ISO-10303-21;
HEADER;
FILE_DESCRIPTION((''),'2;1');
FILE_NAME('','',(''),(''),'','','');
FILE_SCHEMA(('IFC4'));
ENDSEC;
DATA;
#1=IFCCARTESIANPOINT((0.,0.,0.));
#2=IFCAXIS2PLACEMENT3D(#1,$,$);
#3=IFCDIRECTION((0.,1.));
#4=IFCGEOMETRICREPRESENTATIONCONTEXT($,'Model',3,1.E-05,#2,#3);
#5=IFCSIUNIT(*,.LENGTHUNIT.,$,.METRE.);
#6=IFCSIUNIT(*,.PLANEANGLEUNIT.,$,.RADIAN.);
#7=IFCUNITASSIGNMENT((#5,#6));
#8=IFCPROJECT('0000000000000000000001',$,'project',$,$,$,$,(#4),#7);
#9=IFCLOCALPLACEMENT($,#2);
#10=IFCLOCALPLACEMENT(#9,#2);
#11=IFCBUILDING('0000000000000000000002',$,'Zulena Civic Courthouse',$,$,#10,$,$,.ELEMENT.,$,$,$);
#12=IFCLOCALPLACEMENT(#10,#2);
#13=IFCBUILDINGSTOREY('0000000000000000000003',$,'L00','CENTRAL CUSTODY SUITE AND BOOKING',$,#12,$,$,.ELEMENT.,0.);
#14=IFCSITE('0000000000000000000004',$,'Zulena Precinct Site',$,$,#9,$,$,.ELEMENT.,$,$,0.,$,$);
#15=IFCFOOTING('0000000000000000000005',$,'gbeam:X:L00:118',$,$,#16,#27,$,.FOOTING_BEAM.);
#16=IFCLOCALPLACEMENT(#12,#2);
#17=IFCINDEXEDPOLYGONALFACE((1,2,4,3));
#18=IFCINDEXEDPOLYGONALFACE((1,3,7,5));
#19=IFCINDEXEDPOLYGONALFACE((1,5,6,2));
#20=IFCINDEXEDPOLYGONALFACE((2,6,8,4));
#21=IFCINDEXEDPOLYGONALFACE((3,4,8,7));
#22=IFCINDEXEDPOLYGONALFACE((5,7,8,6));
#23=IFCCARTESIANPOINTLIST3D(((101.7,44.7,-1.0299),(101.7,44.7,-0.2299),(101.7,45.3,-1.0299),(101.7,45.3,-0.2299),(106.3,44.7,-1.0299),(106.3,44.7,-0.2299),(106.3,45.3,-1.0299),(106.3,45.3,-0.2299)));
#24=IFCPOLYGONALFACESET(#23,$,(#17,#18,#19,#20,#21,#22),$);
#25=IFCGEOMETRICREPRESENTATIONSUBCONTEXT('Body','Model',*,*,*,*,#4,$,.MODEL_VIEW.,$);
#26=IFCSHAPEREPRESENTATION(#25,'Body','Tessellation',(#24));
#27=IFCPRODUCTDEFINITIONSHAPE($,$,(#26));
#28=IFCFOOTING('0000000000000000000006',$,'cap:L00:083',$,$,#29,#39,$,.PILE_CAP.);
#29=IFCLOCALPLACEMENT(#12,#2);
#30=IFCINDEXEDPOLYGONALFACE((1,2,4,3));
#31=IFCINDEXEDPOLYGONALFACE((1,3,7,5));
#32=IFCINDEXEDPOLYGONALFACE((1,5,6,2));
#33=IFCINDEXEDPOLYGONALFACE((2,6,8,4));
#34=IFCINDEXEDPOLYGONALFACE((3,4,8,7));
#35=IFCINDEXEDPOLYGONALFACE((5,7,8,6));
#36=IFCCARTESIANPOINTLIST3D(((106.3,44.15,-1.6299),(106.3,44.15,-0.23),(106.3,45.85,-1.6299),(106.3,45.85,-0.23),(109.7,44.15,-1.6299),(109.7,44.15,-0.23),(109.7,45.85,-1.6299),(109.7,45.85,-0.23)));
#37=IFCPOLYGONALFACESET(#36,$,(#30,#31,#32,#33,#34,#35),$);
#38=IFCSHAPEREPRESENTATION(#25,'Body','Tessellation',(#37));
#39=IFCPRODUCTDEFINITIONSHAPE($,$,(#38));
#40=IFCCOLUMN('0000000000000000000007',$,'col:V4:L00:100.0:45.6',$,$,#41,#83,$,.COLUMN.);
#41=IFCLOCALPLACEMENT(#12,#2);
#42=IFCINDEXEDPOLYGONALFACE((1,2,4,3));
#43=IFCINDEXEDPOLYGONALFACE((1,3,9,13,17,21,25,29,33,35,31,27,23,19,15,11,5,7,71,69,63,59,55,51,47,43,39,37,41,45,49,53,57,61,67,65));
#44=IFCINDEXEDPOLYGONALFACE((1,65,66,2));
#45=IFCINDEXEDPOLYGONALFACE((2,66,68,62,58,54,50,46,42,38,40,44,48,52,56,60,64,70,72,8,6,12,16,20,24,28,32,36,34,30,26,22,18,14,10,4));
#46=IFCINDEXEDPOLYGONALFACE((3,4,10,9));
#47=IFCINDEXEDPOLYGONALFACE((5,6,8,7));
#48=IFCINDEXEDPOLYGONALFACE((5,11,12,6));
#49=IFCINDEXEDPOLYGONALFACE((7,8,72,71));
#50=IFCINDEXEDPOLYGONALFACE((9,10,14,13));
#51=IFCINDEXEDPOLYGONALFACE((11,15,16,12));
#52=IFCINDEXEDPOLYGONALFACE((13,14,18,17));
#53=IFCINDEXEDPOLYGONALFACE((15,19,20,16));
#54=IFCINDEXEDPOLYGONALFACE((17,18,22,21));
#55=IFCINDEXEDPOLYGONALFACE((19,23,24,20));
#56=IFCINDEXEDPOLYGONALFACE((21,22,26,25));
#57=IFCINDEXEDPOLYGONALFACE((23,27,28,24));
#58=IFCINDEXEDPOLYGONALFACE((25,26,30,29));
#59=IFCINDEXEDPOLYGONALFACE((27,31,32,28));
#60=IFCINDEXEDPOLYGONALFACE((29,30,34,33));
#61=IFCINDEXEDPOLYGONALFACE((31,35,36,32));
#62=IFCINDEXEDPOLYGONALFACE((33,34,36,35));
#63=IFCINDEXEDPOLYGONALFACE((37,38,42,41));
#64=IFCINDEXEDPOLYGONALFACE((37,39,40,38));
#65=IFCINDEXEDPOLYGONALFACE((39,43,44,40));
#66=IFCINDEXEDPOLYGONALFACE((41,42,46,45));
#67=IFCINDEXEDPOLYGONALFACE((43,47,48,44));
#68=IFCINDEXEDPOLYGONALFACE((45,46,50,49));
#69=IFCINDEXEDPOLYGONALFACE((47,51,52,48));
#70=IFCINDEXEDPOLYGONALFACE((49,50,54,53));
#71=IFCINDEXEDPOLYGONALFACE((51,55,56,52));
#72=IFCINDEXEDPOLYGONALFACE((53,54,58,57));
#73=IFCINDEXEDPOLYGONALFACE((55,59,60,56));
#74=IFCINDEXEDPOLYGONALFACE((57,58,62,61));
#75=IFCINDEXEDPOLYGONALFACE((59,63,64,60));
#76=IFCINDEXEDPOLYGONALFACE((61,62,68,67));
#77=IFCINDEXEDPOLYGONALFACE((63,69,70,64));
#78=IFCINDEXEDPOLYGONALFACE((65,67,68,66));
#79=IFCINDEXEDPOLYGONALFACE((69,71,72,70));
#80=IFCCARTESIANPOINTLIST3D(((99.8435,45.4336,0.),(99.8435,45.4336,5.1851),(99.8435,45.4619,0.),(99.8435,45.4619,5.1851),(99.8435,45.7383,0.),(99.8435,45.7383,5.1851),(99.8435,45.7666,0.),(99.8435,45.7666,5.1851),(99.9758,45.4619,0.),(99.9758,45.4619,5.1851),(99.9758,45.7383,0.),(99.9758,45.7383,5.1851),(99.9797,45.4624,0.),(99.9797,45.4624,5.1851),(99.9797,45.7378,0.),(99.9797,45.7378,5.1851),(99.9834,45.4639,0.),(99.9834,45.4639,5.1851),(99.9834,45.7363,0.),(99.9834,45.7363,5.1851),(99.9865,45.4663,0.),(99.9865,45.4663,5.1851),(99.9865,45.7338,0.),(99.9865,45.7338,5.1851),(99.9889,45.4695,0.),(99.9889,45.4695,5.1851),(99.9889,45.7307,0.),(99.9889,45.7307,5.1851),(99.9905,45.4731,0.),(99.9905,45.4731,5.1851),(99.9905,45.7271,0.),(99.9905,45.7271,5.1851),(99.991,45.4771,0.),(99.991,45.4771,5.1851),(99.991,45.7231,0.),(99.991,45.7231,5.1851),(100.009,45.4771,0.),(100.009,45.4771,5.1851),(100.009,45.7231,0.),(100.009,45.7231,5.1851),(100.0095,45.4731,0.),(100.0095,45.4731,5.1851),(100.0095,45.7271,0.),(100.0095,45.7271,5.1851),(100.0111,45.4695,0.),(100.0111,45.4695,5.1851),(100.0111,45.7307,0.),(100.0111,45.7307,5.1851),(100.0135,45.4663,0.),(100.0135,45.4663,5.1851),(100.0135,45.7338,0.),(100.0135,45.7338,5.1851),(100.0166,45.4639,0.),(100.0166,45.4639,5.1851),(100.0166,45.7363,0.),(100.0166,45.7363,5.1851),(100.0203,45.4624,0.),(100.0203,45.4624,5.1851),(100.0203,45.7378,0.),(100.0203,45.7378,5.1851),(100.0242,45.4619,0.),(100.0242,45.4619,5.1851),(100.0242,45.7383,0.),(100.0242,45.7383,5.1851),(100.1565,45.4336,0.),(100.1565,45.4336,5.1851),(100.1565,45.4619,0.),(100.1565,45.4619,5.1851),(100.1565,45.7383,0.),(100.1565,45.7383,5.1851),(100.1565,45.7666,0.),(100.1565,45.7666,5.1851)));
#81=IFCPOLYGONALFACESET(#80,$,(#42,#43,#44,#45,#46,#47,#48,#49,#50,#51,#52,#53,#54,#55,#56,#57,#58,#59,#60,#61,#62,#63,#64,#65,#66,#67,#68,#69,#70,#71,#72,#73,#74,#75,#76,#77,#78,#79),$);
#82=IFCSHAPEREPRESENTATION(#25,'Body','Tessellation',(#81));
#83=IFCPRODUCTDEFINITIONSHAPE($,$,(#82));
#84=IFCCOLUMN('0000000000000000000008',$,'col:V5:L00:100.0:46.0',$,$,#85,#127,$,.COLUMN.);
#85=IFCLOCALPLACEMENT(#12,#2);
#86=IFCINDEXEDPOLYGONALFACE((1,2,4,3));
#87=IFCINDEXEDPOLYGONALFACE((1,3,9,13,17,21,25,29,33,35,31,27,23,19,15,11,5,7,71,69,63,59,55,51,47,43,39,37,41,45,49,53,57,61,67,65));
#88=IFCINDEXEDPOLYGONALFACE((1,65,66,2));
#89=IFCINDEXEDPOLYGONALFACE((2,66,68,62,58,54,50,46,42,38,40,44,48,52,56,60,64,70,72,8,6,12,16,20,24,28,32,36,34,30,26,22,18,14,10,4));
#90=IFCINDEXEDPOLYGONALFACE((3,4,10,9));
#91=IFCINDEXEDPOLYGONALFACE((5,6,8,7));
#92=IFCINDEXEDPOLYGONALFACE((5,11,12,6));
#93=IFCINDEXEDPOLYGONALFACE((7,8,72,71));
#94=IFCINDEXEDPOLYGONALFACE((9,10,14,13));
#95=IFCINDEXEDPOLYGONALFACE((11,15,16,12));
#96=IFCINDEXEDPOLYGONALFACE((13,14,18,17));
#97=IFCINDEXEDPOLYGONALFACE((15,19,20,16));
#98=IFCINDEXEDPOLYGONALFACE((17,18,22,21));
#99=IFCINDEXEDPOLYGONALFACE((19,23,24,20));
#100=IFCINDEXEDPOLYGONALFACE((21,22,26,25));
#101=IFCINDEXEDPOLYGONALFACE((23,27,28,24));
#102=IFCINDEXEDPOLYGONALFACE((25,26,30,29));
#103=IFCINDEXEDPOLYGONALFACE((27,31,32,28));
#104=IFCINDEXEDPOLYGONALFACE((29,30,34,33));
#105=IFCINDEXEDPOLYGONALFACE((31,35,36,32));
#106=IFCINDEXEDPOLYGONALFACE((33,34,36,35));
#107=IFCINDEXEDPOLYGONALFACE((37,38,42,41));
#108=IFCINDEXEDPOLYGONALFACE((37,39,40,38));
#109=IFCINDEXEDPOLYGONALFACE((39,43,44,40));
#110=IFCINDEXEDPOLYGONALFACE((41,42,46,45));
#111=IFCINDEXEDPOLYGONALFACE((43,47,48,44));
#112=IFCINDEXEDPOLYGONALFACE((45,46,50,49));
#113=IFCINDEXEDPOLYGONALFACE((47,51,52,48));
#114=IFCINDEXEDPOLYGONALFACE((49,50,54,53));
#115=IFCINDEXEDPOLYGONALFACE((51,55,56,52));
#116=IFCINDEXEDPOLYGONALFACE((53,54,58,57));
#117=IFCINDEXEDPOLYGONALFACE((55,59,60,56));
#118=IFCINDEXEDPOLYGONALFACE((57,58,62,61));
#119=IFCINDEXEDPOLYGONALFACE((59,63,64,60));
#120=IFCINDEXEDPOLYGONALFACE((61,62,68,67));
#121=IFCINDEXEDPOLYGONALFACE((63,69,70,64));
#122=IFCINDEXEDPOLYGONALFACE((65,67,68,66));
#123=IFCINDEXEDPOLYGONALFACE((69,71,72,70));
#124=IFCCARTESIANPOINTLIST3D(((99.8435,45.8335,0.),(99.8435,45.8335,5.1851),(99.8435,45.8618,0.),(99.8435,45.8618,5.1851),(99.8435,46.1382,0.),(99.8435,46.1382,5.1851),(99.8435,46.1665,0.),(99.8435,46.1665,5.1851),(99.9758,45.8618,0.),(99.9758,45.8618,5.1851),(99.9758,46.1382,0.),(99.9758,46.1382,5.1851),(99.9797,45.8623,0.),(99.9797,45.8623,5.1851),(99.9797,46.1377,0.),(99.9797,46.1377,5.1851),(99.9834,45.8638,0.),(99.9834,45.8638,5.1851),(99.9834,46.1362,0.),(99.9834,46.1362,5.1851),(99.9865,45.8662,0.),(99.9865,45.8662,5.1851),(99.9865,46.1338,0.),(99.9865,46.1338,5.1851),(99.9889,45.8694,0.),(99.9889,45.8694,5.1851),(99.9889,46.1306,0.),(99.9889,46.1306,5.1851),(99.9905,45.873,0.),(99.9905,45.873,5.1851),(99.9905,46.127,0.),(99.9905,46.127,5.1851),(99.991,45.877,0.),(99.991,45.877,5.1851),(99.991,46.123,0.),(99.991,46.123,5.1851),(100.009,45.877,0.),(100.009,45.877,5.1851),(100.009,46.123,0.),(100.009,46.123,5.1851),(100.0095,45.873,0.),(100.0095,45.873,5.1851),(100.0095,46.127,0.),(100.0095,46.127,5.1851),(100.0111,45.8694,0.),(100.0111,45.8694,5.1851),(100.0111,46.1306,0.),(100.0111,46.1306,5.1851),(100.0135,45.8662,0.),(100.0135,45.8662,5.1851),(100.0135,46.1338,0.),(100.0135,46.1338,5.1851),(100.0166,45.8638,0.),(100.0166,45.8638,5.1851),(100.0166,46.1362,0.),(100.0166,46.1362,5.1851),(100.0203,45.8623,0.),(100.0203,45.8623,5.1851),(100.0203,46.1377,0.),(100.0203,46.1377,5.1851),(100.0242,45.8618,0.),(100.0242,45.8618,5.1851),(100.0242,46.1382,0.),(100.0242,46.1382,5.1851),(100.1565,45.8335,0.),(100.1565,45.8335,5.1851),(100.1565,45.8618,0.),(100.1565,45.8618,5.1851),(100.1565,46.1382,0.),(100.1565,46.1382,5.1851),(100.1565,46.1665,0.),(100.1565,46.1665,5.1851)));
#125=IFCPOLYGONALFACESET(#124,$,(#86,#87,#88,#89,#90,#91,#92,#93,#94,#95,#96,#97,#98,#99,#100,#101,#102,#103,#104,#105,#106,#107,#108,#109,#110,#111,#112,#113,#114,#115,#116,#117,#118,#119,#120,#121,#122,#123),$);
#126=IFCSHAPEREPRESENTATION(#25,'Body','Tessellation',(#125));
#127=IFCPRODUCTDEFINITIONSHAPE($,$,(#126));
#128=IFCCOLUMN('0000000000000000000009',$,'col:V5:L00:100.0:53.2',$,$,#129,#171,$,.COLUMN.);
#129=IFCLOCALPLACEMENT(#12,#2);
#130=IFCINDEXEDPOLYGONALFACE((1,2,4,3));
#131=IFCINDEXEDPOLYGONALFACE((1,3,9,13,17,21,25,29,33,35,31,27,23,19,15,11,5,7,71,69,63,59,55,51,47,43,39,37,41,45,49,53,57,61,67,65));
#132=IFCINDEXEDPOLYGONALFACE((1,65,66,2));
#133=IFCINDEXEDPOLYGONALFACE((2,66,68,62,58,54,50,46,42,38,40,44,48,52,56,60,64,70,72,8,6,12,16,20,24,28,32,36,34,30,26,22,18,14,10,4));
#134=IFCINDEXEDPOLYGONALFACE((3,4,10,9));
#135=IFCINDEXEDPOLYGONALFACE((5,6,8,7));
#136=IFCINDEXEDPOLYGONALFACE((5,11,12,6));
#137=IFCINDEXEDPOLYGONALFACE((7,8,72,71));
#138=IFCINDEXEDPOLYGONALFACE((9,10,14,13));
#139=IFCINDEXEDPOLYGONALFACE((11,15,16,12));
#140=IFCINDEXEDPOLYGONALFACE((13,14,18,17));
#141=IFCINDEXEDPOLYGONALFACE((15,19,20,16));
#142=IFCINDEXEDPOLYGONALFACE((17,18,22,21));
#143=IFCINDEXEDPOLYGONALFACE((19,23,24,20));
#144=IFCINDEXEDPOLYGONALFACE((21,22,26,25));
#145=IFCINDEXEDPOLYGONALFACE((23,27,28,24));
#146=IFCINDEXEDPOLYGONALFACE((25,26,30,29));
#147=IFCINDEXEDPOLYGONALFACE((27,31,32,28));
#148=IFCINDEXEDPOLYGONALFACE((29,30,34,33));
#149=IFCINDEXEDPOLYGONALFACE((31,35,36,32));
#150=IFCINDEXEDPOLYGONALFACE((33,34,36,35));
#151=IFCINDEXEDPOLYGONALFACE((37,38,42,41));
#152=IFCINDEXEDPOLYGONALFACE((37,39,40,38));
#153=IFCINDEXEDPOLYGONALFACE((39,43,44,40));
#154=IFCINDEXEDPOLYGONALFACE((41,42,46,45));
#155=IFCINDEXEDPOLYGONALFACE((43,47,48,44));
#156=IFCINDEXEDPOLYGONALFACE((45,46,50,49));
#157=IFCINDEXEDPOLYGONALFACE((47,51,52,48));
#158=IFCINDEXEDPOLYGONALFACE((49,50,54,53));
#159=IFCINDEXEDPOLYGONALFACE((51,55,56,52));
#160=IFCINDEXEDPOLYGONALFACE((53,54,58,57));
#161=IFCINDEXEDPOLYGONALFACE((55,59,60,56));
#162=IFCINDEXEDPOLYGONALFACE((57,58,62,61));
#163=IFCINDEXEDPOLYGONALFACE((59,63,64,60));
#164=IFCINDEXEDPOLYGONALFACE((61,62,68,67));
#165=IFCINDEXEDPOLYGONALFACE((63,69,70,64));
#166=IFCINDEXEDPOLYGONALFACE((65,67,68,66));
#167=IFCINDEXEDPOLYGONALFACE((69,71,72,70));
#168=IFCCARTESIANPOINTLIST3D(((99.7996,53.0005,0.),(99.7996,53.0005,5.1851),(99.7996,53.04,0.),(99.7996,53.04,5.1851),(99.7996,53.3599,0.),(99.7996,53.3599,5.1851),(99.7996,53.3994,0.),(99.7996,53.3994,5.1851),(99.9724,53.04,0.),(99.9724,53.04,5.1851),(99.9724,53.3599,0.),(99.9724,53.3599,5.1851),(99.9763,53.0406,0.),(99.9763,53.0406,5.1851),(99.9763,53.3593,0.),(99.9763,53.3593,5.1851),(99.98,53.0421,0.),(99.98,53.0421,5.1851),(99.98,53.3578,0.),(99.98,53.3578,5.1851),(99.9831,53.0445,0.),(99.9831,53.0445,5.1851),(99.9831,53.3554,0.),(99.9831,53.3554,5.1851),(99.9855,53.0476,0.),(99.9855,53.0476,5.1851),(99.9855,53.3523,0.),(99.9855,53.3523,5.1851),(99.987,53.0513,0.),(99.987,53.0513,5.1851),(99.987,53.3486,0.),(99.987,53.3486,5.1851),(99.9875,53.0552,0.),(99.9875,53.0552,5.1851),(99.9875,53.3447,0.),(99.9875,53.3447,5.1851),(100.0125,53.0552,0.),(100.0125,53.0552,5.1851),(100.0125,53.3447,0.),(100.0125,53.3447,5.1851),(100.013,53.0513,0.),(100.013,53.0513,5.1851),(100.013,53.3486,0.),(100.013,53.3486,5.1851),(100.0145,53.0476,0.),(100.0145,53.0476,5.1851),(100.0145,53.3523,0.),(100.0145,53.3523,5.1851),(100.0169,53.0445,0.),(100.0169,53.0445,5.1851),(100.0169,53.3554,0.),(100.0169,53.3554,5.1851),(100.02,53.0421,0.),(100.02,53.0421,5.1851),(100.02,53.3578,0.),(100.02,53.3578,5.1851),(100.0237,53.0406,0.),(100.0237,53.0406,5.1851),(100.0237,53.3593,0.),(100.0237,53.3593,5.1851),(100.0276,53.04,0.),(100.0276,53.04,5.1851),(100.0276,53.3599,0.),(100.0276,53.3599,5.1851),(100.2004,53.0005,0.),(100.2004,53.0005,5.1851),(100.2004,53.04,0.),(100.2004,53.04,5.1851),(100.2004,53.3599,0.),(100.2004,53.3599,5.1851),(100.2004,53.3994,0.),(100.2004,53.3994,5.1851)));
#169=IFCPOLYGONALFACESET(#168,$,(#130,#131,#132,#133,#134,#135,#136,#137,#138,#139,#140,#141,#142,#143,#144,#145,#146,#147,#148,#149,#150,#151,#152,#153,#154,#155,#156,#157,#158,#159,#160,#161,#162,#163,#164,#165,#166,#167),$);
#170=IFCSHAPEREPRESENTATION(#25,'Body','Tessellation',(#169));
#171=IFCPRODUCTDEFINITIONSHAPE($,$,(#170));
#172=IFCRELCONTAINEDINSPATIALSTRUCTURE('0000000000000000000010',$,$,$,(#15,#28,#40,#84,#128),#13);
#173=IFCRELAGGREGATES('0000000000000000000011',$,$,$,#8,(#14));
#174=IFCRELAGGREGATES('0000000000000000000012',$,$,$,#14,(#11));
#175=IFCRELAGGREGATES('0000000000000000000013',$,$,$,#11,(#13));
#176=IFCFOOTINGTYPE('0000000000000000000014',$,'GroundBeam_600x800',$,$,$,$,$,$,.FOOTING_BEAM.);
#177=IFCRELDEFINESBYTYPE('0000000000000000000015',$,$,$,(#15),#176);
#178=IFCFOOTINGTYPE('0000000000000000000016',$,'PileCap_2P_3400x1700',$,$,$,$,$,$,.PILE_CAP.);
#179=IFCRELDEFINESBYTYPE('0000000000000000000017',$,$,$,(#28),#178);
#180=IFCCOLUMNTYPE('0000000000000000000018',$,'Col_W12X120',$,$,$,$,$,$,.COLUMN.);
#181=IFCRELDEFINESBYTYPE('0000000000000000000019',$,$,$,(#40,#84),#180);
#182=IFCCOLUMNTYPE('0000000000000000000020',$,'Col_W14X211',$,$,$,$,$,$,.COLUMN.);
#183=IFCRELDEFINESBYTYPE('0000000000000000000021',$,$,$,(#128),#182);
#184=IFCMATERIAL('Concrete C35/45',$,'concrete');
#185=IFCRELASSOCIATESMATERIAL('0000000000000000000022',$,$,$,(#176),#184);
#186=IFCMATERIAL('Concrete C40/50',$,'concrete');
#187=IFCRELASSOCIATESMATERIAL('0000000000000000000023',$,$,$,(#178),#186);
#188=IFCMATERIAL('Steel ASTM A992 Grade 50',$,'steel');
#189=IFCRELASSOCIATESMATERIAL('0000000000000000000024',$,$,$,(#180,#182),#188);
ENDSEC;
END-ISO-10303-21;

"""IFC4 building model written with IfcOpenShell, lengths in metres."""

from ifc_helpers import new_model, si_unit, direction, frame, origin, origin_2d, place, context, subcontext, project, spatial, rectangle, i_section, extrude, material, material_profile, profile_set, type_object, element, save


model = new_model("IFC4")

# Units and contexts
model_context = context("Model", 3, precision=1e-05, world=origin(), true_north=direction((0.0, 1.0)))
body_context = subcontext(model_context, "Body", "Model", "MODEL_VIEW")
ifc_project = project(units=[si_unit("LENGTHUNIT", "METRE"), si_unit("PLANEANGLEUNIT", "RADIAN")], contexts=[model_context])

# Site, building, storey
site_placement = place(None, origin())
site = spatial("IfcSite", under=ifc_project, at=site_placement, Name="Zulena Precinct Site", CompositionType="ELEMENT", RefElevation=0.0)
building_placement = place(site_placement, origin())
building = spatial("IfcBuilding", under=site, at=building_placement, Name="Zulena Civic Courthouse", CompositionType="ELEMENT")
storey_placement = place(building_placement, origin())
storey = spatial("IfcBuildingStorey", under=building, at=storey_placement, Name="L00", Description="CENTRAL CUSTODY SUITE AND BOOKING", CompositionType="ELEMENT", Elevation=0.0)

# Footings
ifc_material_1 = material(Name="Concrete C35/45", Category="concrete")
ifc_material_profile_1 = material_profile(ifc_material_1, rectangle(XDim=0.6001, YDim=0.8, at=origin_2d()), Name="RC600X800")
ifc_profile_set_1 = profile_set([ifc_material_profile_1], Name="Concrete C35/45")
footing_type_1 = type_object("IfcFootingType", Name="GroundBeam_600x800", PredefinedType="FOOTING_BEAM", material=ifc_profile_set_1)
footing_1_placement = place(storey_placement, frame((101.7, 45.0, -0.6299), z_axis=(1.0, 0.0, 0.0), x_axis=(0.0, 1.0, 0.0)))
element("IfcFooting", 1, at=footing_1_placement, inside=storey, type_object=footing_type_1, Name="gbeam:X:L00:118", PredefinedType="FOOTING_BEAM", context=body_context, shape_type="SweptSolid", body=[
    extrude(rectangle(XDim=0.6001, YDim=0.8, at=origin_2d()), origin(), (0.0, 0.0, 1.0), 4.6001),
])
ifc_material_2 = material(Name="Concrete C40/50", Category="concrete")
footing_type_2 = type_object("IfcFootingType", Name="PileCap_2P_3400x1700", PredefinedType="PILE_CAP", material=ifc_material_2)
footing_2_placement = place(storey_placement, frame((108.0, 45.0, -1.6299), z_axis=(0.0, 0.0, 1.0), x_axis=(1.0, 0.0, 0.0)))
element("IfcFooting", 2, at=footing_2_placement, inside=storey, type_object=footing_type_2, Name="cap:L00:083", PredefinedType="PILE_CAP", context=body_context, shape_type="SweptSolid", body=[
    extrude(rectangle(XDim=3.3999, YDim=1.7, at=origin_2d()), origin(), (0.0, 0.0, 1.0), 1.3999),
])

# Columns
ifc_material_3 = material(Name="Steel ASTM A992 Grade 50", Category="steel")
ifc_material_profile_2 = material_profile(ifc_material_3, i_section(OverallWidth=0.313, OverallDepth=0.333, WebThickness=0.0181, FlangeThickness=0.0283, FilletRadius=0.0151, at=origin_2d()), Name="W12X120")
ifc_profile_set_2 = profile_set([ifc_material_profile_2], Name="Steel ASTM A992 Grade 50")
column_type_1 = type_object("IfcColumnType", Name="Col_W12X120", PredefinedType="COLUMN", material=ifc_profile_set_2)
for number, where, z_axis, x_axis, name in (
    (3, (100.0, 45.6001, 0.0), (0.0, 0.0, 1.0), (1.0, 0.0, 0.0), "col:V4:L00:100.0:45.6"),
    (4, (100.0, 46.0, 0.0), (0.0, 0.0, 1.0), (1.0, 0.0, 0.0), "col:V5:L00:100.0:46.0"),
):
    element("IfcColumn", number, at=place(storey_placement, frame(where, z_axis=z_axis, x_axis=x_axis)), inside=storey, type_object=column_type_1, Name=name, PredefinedType="COLUMN", context=body_context, shape_type="SweptSolid", body=[
        extrude(i_section(OverallWidth=0.313, OverallDepth=0.333, WebThickness=0.0181, FlangeThickness=0.0283, FilletRadius=0.0151, at=origin_2d()), origin(), (0.0, 0.0, 1.0), 5.1851),
    ])
ifc_material_profile_3 = material_profile(ifc_material_3, i_section(OverallWidth=0.4009, OverallDepth=0.3989, WebThickness=0.0249, FlangeThickness=0.0396, FilletRadius=0.0151, at=origin_2d()), Name="W14X211")
ifc_profile_set_3 = profile_set([ifc_material_profile_3], Name="Steel ASTM A992 Grade 50")
column_type_2 = type_object("IfcColumnType", Name="Col_W14X211", PredefinedType="COLUMN", material=ifc_profile_set_3)
for number, where, z_axis, x_axis, name in (
    (5, (100.0, 53.2, 0.0), (0.0, 0.0, 1.0), (1.0, 0.0, 0.0), "col:V5:L00:100.0:53.2"),
):
    element("IfcColumn", number, at=place(storey_placement, frame(where, z_axis=z_axis, x_axis=x_axis)), inside=storey, type_object=column_type_2, Name=name, PredefinedType="COLUMN", context=body_context, shape_type="SweptSolid", body=[
        extrude(i_section(OverallWidth=0.4009, OverallDepth=0.3989, WebThickness=0.0249, FlangeThickness=0.0396, FilletRadius=0.0151, at=origin_2d()), origin(), (0.0, 0.0, 1.0), 5.1851),
    ])

save(model, "model.ifc")
